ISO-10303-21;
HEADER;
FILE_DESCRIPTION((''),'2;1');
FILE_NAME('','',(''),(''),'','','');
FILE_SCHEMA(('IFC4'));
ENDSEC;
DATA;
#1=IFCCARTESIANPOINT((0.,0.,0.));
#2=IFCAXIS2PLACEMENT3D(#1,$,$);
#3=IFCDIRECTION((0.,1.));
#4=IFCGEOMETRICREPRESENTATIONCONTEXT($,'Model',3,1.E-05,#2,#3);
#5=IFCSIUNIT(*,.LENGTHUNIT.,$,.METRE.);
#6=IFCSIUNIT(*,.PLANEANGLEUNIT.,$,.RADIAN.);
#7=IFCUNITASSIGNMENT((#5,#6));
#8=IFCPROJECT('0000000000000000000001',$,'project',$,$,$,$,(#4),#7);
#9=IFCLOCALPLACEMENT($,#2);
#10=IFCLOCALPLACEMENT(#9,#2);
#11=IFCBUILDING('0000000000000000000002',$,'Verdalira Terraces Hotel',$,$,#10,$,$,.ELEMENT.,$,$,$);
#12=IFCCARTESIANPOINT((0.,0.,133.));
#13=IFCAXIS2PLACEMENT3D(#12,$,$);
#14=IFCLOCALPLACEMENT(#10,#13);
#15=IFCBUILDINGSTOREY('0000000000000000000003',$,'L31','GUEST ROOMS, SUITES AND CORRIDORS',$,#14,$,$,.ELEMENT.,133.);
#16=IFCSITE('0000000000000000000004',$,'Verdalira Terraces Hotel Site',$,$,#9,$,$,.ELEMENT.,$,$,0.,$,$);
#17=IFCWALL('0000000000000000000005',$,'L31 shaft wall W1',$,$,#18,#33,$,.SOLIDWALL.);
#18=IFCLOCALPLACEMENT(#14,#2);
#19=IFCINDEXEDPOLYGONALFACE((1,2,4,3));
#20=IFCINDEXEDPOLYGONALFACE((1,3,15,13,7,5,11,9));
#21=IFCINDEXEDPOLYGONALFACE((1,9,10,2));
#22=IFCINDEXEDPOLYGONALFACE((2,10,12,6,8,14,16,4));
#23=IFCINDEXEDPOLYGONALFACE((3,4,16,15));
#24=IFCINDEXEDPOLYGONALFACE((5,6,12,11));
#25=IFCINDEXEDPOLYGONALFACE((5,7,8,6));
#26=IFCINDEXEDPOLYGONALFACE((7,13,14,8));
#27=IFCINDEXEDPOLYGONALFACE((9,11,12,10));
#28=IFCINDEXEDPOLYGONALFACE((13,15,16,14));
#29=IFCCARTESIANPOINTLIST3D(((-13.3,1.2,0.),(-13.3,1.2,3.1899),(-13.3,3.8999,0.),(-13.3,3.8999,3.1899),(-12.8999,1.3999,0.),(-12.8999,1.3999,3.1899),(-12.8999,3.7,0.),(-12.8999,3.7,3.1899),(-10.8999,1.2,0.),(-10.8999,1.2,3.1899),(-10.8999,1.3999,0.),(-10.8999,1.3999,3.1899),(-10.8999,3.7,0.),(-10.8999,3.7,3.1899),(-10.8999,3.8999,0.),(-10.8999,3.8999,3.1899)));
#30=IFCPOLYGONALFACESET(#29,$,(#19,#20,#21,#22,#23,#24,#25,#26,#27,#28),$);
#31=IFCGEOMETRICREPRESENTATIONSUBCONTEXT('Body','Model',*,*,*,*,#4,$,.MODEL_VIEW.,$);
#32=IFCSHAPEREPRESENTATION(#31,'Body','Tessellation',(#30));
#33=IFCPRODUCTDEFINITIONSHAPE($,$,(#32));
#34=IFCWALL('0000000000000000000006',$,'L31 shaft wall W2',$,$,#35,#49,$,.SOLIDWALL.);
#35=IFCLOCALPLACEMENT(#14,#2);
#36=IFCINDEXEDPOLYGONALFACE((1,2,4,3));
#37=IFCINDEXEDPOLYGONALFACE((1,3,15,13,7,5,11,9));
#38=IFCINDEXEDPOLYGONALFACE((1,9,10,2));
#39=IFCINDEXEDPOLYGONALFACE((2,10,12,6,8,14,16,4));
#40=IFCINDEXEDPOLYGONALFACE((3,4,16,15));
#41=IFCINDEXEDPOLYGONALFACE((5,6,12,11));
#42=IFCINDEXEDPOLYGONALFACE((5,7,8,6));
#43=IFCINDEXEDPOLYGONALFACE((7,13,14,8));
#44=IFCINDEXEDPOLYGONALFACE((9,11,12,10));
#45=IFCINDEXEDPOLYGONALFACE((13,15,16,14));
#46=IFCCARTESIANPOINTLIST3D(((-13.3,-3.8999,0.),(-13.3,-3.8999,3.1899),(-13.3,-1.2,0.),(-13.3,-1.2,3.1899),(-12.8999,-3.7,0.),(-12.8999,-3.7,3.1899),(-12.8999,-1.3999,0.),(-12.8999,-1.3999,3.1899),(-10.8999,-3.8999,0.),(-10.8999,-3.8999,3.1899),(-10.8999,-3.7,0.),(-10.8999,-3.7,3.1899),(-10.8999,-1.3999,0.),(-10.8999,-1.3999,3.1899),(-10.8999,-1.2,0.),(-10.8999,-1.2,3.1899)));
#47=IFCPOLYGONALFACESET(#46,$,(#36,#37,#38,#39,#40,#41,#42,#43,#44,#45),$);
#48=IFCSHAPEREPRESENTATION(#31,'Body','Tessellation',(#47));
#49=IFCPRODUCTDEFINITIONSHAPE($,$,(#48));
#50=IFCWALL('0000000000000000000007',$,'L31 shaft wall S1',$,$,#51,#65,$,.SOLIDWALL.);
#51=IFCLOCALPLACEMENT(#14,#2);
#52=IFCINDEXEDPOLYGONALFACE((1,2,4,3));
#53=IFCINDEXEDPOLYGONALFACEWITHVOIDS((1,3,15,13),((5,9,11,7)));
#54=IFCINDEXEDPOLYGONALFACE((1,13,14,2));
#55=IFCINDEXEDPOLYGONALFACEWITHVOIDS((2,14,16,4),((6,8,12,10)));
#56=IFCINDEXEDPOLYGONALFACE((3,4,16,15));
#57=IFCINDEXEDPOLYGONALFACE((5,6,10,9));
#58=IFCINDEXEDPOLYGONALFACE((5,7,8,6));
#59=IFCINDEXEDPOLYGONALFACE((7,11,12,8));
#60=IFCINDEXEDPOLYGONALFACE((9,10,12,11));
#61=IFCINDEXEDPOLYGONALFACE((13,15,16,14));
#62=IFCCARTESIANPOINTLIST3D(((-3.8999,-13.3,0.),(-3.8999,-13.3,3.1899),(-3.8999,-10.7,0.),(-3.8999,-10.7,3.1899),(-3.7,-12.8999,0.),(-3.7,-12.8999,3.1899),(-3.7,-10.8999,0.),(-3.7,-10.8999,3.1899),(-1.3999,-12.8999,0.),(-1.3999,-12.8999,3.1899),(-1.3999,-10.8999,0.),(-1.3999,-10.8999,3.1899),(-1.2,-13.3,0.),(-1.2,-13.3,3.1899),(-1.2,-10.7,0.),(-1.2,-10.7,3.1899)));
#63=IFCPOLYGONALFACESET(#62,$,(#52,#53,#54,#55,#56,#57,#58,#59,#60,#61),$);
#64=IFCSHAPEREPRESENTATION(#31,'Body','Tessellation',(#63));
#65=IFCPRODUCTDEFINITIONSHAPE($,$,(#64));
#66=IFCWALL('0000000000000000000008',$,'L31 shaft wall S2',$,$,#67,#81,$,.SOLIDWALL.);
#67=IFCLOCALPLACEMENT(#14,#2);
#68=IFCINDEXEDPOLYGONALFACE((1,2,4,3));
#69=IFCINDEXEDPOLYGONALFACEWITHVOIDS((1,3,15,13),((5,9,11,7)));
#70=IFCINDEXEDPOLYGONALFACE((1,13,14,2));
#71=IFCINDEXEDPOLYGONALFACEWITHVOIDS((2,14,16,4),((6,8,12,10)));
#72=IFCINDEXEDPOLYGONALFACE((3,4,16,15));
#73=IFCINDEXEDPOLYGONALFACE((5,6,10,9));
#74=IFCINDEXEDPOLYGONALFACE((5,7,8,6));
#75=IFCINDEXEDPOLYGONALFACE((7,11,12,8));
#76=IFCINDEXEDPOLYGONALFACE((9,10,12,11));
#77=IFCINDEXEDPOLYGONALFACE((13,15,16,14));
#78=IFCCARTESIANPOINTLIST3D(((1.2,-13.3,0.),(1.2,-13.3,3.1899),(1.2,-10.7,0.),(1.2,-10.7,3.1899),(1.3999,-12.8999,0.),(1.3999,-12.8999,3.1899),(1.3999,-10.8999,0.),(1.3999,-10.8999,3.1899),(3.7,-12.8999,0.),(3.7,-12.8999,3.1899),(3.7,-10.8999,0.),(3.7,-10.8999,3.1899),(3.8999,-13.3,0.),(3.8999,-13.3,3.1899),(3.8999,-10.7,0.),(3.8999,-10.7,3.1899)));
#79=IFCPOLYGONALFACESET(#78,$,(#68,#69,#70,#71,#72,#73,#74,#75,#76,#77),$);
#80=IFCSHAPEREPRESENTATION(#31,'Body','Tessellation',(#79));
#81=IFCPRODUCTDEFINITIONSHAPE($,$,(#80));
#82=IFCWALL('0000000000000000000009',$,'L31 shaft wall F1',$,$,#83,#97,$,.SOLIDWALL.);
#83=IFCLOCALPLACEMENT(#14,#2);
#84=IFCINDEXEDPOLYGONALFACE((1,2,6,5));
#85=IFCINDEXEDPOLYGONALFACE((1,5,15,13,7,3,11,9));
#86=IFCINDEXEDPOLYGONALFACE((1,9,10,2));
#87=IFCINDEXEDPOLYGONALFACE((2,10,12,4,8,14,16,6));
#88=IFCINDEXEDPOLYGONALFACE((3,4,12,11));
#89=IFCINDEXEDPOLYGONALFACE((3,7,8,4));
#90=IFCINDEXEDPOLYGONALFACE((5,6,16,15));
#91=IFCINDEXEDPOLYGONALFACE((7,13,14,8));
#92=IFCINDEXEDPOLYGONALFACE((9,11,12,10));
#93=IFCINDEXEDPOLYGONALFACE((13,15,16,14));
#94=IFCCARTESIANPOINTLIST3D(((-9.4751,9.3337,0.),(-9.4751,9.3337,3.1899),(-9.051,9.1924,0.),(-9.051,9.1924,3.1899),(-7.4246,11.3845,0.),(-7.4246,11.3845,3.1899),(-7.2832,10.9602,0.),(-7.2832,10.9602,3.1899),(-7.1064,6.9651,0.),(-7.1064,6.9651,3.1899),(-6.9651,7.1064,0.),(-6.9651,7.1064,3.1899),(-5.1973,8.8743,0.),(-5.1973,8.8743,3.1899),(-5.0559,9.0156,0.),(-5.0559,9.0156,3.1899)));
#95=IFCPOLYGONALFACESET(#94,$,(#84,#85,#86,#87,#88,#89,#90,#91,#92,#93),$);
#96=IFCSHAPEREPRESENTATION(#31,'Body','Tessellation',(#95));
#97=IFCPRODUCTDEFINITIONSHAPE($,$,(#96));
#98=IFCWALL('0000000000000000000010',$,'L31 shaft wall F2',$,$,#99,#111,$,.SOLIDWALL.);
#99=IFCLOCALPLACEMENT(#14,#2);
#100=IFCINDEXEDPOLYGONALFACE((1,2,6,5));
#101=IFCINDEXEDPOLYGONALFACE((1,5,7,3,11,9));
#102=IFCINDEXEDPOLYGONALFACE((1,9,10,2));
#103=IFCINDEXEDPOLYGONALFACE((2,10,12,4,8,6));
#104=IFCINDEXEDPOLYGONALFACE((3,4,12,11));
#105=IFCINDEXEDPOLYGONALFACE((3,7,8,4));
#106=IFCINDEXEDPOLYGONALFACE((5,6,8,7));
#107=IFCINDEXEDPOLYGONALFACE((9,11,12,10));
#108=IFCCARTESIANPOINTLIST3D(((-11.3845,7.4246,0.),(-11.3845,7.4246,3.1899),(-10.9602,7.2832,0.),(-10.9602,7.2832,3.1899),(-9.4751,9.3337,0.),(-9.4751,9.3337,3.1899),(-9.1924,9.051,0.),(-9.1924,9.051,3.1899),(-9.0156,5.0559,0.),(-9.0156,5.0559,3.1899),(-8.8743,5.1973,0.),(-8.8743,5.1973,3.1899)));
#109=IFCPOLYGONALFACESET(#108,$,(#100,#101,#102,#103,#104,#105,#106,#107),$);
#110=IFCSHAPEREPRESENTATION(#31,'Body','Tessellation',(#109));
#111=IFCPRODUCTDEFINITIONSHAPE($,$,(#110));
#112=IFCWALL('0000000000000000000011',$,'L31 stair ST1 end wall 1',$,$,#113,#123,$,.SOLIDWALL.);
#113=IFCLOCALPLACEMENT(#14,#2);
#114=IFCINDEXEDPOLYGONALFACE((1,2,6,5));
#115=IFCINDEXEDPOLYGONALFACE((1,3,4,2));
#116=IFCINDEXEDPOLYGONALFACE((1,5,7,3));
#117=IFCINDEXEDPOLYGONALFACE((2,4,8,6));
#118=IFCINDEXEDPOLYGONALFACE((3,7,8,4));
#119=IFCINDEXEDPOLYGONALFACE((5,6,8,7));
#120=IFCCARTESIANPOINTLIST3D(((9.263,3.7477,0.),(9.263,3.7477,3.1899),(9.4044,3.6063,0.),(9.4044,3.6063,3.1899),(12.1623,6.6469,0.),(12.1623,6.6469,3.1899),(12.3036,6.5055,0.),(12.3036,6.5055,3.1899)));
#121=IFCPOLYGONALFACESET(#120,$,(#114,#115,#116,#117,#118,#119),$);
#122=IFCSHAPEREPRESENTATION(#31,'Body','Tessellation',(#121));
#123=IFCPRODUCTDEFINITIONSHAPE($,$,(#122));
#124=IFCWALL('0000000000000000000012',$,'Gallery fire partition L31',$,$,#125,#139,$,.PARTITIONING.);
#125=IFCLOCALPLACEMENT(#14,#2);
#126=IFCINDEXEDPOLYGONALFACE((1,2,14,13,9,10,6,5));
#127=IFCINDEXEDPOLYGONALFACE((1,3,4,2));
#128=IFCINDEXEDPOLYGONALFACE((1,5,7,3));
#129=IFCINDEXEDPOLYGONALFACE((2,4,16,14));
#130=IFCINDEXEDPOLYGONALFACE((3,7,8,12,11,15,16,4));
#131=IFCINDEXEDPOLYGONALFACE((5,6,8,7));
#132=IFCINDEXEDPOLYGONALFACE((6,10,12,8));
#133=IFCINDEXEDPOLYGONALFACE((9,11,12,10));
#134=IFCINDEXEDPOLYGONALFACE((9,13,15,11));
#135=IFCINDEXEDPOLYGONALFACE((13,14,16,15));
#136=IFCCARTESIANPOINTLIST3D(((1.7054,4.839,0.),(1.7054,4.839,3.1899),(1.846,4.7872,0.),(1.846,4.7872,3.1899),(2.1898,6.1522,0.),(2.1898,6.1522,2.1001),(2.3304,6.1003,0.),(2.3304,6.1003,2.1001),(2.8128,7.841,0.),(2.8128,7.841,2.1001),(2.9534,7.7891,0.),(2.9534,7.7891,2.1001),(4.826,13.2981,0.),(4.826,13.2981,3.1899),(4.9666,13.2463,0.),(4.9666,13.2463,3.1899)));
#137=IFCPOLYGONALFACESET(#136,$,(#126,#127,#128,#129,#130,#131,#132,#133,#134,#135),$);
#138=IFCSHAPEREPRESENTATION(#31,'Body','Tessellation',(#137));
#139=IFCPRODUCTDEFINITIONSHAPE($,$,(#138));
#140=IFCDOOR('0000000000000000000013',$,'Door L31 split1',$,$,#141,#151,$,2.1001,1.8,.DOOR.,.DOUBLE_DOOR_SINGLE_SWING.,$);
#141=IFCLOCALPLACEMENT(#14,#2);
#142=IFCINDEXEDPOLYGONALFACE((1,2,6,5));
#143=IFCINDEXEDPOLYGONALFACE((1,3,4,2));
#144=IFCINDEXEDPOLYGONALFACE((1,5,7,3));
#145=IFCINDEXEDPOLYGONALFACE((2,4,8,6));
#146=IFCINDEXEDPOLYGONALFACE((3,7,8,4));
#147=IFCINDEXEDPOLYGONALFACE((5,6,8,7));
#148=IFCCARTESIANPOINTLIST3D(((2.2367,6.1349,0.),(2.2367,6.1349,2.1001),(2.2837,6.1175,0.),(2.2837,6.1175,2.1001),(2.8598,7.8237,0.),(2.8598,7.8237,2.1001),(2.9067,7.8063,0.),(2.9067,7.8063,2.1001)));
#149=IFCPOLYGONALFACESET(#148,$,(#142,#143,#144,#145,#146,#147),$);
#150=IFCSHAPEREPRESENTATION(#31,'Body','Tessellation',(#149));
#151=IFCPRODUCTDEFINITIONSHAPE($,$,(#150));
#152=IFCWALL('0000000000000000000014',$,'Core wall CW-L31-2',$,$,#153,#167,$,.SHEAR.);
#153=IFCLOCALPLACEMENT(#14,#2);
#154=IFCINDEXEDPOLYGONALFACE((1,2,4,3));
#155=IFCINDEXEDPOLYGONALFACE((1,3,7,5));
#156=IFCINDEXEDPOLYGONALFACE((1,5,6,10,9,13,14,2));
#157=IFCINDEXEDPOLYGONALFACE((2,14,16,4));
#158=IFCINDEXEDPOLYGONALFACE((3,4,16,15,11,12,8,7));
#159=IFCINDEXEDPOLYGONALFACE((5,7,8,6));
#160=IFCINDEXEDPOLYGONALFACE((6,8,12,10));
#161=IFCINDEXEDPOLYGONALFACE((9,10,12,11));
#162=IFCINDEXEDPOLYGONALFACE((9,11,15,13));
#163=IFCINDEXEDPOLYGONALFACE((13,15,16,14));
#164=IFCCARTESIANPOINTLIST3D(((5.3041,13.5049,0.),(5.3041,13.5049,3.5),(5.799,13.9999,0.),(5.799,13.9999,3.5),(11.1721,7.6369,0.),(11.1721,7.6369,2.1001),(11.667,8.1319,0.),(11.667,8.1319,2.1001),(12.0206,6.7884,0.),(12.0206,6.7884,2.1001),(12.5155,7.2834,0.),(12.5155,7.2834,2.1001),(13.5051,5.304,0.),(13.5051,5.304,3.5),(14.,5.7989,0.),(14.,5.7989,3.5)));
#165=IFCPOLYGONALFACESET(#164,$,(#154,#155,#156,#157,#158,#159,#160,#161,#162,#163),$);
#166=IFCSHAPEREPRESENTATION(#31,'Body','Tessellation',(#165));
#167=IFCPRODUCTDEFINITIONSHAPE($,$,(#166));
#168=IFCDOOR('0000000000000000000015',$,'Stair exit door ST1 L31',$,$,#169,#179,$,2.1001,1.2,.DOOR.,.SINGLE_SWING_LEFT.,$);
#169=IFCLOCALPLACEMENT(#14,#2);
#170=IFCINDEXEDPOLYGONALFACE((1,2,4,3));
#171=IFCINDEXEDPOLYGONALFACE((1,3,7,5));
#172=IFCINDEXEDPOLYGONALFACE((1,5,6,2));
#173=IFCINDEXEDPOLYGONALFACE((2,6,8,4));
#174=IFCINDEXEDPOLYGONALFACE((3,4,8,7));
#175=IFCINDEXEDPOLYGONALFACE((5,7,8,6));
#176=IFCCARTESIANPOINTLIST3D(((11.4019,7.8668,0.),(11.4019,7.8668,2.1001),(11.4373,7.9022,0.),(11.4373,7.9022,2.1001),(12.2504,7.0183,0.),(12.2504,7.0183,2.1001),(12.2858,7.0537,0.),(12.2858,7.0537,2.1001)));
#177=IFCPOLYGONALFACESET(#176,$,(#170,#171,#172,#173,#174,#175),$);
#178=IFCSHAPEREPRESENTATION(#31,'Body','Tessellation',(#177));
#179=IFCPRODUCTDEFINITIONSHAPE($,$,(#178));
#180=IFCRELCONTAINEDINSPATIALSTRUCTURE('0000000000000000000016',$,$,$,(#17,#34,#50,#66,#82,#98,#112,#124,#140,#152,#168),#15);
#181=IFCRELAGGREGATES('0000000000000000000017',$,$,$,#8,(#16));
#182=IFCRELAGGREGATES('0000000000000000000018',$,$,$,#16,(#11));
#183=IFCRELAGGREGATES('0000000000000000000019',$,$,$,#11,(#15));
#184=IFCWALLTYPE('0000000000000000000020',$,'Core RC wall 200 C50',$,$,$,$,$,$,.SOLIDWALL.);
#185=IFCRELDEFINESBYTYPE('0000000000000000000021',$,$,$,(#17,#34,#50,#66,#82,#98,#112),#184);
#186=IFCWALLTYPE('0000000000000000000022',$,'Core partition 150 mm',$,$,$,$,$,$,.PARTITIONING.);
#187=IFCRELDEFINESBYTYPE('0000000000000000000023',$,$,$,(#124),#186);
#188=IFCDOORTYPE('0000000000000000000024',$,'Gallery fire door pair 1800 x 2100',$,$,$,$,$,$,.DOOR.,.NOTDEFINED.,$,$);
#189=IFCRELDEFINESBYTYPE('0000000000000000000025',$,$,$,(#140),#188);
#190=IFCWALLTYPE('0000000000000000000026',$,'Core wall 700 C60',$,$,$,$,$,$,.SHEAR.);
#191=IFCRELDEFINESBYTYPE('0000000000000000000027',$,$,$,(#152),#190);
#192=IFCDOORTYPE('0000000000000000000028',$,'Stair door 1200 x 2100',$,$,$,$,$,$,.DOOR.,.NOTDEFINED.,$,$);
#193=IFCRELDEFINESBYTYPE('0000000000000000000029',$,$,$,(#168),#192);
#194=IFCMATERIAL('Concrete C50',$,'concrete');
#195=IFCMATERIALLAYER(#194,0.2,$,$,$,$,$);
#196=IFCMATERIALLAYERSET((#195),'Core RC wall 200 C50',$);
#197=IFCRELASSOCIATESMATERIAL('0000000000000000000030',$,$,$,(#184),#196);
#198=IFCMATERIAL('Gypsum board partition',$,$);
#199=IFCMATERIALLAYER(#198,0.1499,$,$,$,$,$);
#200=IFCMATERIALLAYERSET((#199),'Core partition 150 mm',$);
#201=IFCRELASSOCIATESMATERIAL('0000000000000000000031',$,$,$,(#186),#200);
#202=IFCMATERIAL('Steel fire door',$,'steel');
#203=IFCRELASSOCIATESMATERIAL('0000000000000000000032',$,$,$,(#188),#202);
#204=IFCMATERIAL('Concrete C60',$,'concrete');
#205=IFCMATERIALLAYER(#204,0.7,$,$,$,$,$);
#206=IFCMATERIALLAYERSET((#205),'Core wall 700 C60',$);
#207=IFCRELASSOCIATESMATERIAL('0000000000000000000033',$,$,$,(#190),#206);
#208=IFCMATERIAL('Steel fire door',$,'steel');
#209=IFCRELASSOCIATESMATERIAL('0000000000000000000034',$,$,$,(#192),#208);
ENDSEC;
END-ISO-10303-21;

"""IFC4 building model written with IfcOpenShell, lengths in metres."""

from ifc_helpers import new_model, si_unit, direction, frame, frame_2d, origin, place, context, subcontext, project, spatial, polyline, rectangle, outline, extrude, material, layer, layer_set, type_object, element, fill, save


model = new_model("IFC4")

# Units and contexts
model_context = context("Model", 3, precision=1e-05, world=origin(), true_north=direction((0.0, 1.0)))
body_context = subcontext(model_context, "Body", "Model", "MODEL_VIEW")
ifc_project = project(units=[si_unit("LENGTHUNIT", "METRE"), si_unit("PLANEANGLEUNIT", "RADIAN")], contexts=[model_context])

# Site, building, storey
site_placement = place(None, origin())
site = spatial("IfcSite", under=ifc_project, at=site_placement, Name="Verdalira Terraces Hotel Site", CompositionType="ELEMENT", RefElevation=0.0)
building_placement = place(site_placement, origin())
building = spatial("IfcBuilding", under=site, at=building_placement, Name="Verdalira Terraces Hotel", CompositionType="ELEMENT")
storey_placement = place(building_placement, frame((0.0, 0.0, 133.0)))
storey = spatial("IfcBuildingStorey", under=building, at=storey_placement, Name="L31", Description="GUEST ROOMS, SUITES AND CORRIDORS", CompositionType="ELEMENT", Elevation=133.0)

# Shared definitions
ifc_material_1 = material(Name="Concrete C50", Category="concrete")
ifc_layer_1 = layer(ifc_material_1, 0.2)
ifc_layer_set_1 = layer_set([ifc_layer_1], Name="Core RC wall 200 C50")
wall_type_1 = type_object("IfcWallType", Name="Core RC wall 200 C50", PredefinedType="SOLIDWALL", material=ifc_layer_set_1)

# Walls
wall_1_placement = place(storey_placement, origin())
element("IfcWall", 1, at=wall_1_placement, inside=storey, type_object=wall_type_1, Name="L31 shaft wall W1", PredefinedType="SOLIDWALL", context=body_context, shape_type="SweptSolid", body=[
    extrude(outline(polyline([(-13.3, 3.8999), (-10.8999, 3.8999), (-10.8999, 3.7), (-12.8999, 3.7), (-12.8999, 1.3999), (-10.8999, 1.3999), (-10.8999, 1.2), (-13.3, 1.2), (-13.3, 3.8999)])), origin(), (0.0, 0.0, 1.0), 3.1899),
])
wall_2_placement = place(storey_placement, origin())
element("IfcWall", 2, at=wall_2_placement, inside=storey, type_object=wall_type_1, Name="L31 shaft wall W2", PredefinedType="SOLIDWALL", context=body_context, shape_type="SweptSolid", body=[
    extrude(outline(polyline([(-13.3, -3.8999), (-13.3, -1.2), (-10.8999, -1.2), (-10.8999, -1.3999), (-12.8999, -1.3999), (-12.8999, -3.7), (-10.8999, -3.7), (-10.8999, -3.8999), (-13.3, -3.8999)])), origin(), (0.0, 0.0, 1.0), 3.1899),
])
wall_3_placement = place(storey_placement, origin())
element("IfcWall", 3, at=wall_3_placement, inside=storey, type_object=wall_type_1, Name="L31 shaft wall S1", PredefinedType="SOLIDWALL", context=body_context, shape_type="SweptSolid", body=[
    extrude(outline(polyline([(-1.2, -13.3), (-3.8999, -13.3), (-3.8999, -10.7), (-1.2, -10.7), (-1.2, -13.3)]), holes=[polyline([(-3.7, -10.8999), (-3.7, -12.8999), (-1.3999, -12.8999), (-1.3999, -10.8999), (-3.7, -10.8999)])]), origin(), (0.0, 0.0, 1.0), 3.1899),
])
wall_4_placement = place(storey_placement, origin())
element("IfcWall", 4, at=wall_4_placement, inside=storey, type_object=wall_type_1, Name="L31 shaft wall S2", PredefinedType="SOLIDWALL", context=body_context, shape_type="SweptSolid", body=[
    extrude(outline(polyline([(3.8999, -10.7), (3.8999, -13.3), (1.2, -13.3), (1.2, -10.7), (3.8999, -10.7)]), holes=[polyline([(1.3999, -12.8999), (3.7, -12.8999), (3.7, -10.8999), (1.3999, -10.8999), (1.3999, -12.8999)])]), origin(), (0.0, 0.0, 1.0), 3.1899),
])
wall_5_placement = place(storey_placement, origin())
element("IfcWall", 5, at=wall_5_placement, inside=storey, type_object=wall_type_1, Name="L31 shaft wall F1", PredefinedType="SOLIDWALL", context=body_context, shape_type="SweptSolid", body=[
    extrude(outline(polyline([(-9.4751, 9.3337), (-7.4246, 11.3845), (-5.0559, 9.0156), (-5.1973, 8.8743), (-7.2832, 10.9602), (-9.051, 9.1924), (-6.9651, 7.1064), (-7.1064, 6.9651), (-9.4751, 9.3337)])), origin(), (0.0, 0.0, 1.0), 3.1899),
])
wall_6_placement = place(storey_placement, origin())
element("IfcWall", 6, at=wall_6_placement, inside=storey, type_object=wall_type_1, Name="L31 shaft wall F2", PredefinedType="SOLIDWALL", context=body_context, shape_type="SweptSolid", body=[
    extrude(outline(polyline([(-11.3845, 7.4246), (-9.4751, 9.3337), (-9.1924, 9.051), (-10.9602, 7.2832), (-8.8743, 5.1973), (-9.0156, 5.0559), (-11.3845, 7.4246)])), origin(), (0.0, 0.0, 1.0), 3.1899),
])
wall_7_placement = place(storey_placement, frame((9.3337, 3.677, 0.0), z_axis=(0.0, 0.0, 1.0), x_axis=(0.707107, 0.707107, 0.0)))
element("IfcWall", 7, at=wall_7_placement, inside=storey, type_object=wall_type_1, Name="L31 stair ST1 end wall 1", PredefinedType="SOLIDWALL", context=body_context, shape_type="SweptSolid", body=[
    extrude(rectangle(XDim=4.1001, YDim=0.2, at=frame_2d((2.05, 0.0))), origin(), (0.0, 0.0, 1.0), 3.1899),
])

# Walls, openings, doors
ifc_material_2 = material(Name="Gypsum board partition")
ifc_layer_2 = layer(ifc_material_2, 0.1499)
ifc_layer_set_2 = layer_set([ifc_layer_2], Name="Core partition 150 mm")
wall_type_2 = type_object("IfcWallType", Name="Core partition 150 mm", PredefinedType="PARTITIONING", material=ifc_layer_set_2)
wall_8_placement = place(storey_placement, frame((1.7756, 4.813, 0.0), z_axis=(0.0, 0.0, 1.0), x_axis=(0.346109, 0.938194, 0.0)))
wall_8 = element("IfcWall", 8, at=wall_8_placement, inside=storey, type_object=wall_type_2, Name="Gallery fire partition L31", PredefinedType="PARTITIONING", context=body_context, shape_type="SweptSolid", body=[
    extrude(rectangle(XDim=9.0164, YDim=0.1499, at=frame_2d((4.5083, 0.0))), origin(), (0.0, 0.0, 1.0), 3.1899),
])
opening_1_placement = place(wall_8_placement, frame((1.3999, 0.0, 0.0)))
opening_1 = element("IfcOpeningElement", 9, at=opening_1_placement, cuts=wall_8, PredefinedType="OPENING", context=body_context, shape_type="SweptSolid", body=[
    extrude(rectangle(XDim=1.8, YDim=2.1001, at=frame_2d((0.8999, 1.05))), frame((0.0, 0.085, 0.0), z_axis=(0.0, -1.0, 0.0), x_axis=(1.0, 0.0, 0.0)), (0.0, 0.0, 1.0), 0.1699),
])
ifc_material_3 = material(Name="Steel fire door", Category="steel")
door_type_1 = type_object("IfcDoorType", Name="Gallery fire door pair 1800 x 2100", OperationType="NOTDEFINED", PredefinedType="DOOR", material=ifc_material_3)
door_1_placement = place(opening_1_placement, origin())
door_1 = element("IfcDoor", 10, at=door_1_placement, inside=storey, type_object=door_type_1, Name="Door L31 split1", OperationType="DOUBLE_DOOR_SINGLE_SWING", OverallHeight=2.1001, OverallWidth=1.8, PredefinedType="DOOR", context=body_context, shape_type="SweptSolid", body=[
    extrude(rectangle(XDim=1.8, YDim=2.1001, at=frame_2d((0.8999, 1.05))), frame((0.0, 0.0249, 0.0), z_axis=(0.0, -1.0, 0.0), x_axis=(1.0, 0.0, 0.0)), (0.0, 0.0, 1.0), 0.05),
])
fill(opening_1, door_1)
ifc_material_4 = material(Name="Concrete C60", Category="concrete")
ifc_layer_3 = layer(ifc_material_4, 0.7)
ifc_layer_set_3 = layer_set([ifc_layer_3], Name="Core wall 700 C60")
wall_type_3 = type_object("IfcWallType", Name="Core wall 700 C60", PredefinedType="SHEAR", material=ifc_layer_set_3)
wall_9_placement = place(storey_placement, frame((13.7524, 5.5515, 0.0), z_axis=(0.0, 0.0, 1.0), x_axis=(-0.707107, 0.707107, 0.0)))
wall_9 = element("IfcWall", 11, at=wall_9_placement, inside=storey, type_object=wall_type_3, Name="Core wall CW-L31-2", PredefinedType="SHEAR", context=body_context, shape_type="SweptSolid", body=[
    extrude(rectangle(XDim=11.5979, YDim=0.7, at=frame_2d((5.7988, 0.0))), origin(), (0.0, 0.0, 1.0), 3.5),
])
opening_2_placement = place(wall_9_placement, frame((2.0991, 0.0, 0.0)))
opening_2 = element("IfcOpeningElement", 12, at=opening_2_placement, cuts=wall_9, PredefinedType="OPENING", context=body_context, shape_type="SweptSolid", body=[
    extrude(rectangle(XDim=1.2, YDim=2.1001, at=frame_2d((0.6001, 1.05))), frame((0.0, 0.3599, 0.0), z_axis=(0.0, -1.0, 0.0), x_axis=(1.0, 0.0, 0.0)), (0.0, 0.0, 1.0), 0.72),
])
ifc_material_5 = material(Name="Steel fire door", Category="steel")
door_type_2 = type_object("IfcDoorType", Name="Stair door 1200 x 2100", OperationType="NOTDEFINED", PredefinedType="DOOR", material=ifc_material_5)
door_2_placement = place(opening_2_placement, origin())
door_2 = element("IfcDoor", 13, at=door_2_placement, inside=storey, type_object=door_type_2, Name="Stair exit door ST1 L31", OperationType="SINGLE_SWING_LEFT", OverallHeight=2.1001, OverallWidth=1.2, PredefinedType="DOOR", context=body_context, shape_type="SweptSolid", body=[
    extrude(rectangle(XDim=1.2, YDim=2.1001, at=frame_2d((0.6001, 1.05))), frame((0.0, 0.0249, 0.0), z_axis=(0.0, -1.0, 0.0), x_axis=(1.0, 0.0, 0.0)), (0.0, 0.0, 1.0), 0.05),
])
fill(opening_2, door_2)

save(model, "model.ifc")
